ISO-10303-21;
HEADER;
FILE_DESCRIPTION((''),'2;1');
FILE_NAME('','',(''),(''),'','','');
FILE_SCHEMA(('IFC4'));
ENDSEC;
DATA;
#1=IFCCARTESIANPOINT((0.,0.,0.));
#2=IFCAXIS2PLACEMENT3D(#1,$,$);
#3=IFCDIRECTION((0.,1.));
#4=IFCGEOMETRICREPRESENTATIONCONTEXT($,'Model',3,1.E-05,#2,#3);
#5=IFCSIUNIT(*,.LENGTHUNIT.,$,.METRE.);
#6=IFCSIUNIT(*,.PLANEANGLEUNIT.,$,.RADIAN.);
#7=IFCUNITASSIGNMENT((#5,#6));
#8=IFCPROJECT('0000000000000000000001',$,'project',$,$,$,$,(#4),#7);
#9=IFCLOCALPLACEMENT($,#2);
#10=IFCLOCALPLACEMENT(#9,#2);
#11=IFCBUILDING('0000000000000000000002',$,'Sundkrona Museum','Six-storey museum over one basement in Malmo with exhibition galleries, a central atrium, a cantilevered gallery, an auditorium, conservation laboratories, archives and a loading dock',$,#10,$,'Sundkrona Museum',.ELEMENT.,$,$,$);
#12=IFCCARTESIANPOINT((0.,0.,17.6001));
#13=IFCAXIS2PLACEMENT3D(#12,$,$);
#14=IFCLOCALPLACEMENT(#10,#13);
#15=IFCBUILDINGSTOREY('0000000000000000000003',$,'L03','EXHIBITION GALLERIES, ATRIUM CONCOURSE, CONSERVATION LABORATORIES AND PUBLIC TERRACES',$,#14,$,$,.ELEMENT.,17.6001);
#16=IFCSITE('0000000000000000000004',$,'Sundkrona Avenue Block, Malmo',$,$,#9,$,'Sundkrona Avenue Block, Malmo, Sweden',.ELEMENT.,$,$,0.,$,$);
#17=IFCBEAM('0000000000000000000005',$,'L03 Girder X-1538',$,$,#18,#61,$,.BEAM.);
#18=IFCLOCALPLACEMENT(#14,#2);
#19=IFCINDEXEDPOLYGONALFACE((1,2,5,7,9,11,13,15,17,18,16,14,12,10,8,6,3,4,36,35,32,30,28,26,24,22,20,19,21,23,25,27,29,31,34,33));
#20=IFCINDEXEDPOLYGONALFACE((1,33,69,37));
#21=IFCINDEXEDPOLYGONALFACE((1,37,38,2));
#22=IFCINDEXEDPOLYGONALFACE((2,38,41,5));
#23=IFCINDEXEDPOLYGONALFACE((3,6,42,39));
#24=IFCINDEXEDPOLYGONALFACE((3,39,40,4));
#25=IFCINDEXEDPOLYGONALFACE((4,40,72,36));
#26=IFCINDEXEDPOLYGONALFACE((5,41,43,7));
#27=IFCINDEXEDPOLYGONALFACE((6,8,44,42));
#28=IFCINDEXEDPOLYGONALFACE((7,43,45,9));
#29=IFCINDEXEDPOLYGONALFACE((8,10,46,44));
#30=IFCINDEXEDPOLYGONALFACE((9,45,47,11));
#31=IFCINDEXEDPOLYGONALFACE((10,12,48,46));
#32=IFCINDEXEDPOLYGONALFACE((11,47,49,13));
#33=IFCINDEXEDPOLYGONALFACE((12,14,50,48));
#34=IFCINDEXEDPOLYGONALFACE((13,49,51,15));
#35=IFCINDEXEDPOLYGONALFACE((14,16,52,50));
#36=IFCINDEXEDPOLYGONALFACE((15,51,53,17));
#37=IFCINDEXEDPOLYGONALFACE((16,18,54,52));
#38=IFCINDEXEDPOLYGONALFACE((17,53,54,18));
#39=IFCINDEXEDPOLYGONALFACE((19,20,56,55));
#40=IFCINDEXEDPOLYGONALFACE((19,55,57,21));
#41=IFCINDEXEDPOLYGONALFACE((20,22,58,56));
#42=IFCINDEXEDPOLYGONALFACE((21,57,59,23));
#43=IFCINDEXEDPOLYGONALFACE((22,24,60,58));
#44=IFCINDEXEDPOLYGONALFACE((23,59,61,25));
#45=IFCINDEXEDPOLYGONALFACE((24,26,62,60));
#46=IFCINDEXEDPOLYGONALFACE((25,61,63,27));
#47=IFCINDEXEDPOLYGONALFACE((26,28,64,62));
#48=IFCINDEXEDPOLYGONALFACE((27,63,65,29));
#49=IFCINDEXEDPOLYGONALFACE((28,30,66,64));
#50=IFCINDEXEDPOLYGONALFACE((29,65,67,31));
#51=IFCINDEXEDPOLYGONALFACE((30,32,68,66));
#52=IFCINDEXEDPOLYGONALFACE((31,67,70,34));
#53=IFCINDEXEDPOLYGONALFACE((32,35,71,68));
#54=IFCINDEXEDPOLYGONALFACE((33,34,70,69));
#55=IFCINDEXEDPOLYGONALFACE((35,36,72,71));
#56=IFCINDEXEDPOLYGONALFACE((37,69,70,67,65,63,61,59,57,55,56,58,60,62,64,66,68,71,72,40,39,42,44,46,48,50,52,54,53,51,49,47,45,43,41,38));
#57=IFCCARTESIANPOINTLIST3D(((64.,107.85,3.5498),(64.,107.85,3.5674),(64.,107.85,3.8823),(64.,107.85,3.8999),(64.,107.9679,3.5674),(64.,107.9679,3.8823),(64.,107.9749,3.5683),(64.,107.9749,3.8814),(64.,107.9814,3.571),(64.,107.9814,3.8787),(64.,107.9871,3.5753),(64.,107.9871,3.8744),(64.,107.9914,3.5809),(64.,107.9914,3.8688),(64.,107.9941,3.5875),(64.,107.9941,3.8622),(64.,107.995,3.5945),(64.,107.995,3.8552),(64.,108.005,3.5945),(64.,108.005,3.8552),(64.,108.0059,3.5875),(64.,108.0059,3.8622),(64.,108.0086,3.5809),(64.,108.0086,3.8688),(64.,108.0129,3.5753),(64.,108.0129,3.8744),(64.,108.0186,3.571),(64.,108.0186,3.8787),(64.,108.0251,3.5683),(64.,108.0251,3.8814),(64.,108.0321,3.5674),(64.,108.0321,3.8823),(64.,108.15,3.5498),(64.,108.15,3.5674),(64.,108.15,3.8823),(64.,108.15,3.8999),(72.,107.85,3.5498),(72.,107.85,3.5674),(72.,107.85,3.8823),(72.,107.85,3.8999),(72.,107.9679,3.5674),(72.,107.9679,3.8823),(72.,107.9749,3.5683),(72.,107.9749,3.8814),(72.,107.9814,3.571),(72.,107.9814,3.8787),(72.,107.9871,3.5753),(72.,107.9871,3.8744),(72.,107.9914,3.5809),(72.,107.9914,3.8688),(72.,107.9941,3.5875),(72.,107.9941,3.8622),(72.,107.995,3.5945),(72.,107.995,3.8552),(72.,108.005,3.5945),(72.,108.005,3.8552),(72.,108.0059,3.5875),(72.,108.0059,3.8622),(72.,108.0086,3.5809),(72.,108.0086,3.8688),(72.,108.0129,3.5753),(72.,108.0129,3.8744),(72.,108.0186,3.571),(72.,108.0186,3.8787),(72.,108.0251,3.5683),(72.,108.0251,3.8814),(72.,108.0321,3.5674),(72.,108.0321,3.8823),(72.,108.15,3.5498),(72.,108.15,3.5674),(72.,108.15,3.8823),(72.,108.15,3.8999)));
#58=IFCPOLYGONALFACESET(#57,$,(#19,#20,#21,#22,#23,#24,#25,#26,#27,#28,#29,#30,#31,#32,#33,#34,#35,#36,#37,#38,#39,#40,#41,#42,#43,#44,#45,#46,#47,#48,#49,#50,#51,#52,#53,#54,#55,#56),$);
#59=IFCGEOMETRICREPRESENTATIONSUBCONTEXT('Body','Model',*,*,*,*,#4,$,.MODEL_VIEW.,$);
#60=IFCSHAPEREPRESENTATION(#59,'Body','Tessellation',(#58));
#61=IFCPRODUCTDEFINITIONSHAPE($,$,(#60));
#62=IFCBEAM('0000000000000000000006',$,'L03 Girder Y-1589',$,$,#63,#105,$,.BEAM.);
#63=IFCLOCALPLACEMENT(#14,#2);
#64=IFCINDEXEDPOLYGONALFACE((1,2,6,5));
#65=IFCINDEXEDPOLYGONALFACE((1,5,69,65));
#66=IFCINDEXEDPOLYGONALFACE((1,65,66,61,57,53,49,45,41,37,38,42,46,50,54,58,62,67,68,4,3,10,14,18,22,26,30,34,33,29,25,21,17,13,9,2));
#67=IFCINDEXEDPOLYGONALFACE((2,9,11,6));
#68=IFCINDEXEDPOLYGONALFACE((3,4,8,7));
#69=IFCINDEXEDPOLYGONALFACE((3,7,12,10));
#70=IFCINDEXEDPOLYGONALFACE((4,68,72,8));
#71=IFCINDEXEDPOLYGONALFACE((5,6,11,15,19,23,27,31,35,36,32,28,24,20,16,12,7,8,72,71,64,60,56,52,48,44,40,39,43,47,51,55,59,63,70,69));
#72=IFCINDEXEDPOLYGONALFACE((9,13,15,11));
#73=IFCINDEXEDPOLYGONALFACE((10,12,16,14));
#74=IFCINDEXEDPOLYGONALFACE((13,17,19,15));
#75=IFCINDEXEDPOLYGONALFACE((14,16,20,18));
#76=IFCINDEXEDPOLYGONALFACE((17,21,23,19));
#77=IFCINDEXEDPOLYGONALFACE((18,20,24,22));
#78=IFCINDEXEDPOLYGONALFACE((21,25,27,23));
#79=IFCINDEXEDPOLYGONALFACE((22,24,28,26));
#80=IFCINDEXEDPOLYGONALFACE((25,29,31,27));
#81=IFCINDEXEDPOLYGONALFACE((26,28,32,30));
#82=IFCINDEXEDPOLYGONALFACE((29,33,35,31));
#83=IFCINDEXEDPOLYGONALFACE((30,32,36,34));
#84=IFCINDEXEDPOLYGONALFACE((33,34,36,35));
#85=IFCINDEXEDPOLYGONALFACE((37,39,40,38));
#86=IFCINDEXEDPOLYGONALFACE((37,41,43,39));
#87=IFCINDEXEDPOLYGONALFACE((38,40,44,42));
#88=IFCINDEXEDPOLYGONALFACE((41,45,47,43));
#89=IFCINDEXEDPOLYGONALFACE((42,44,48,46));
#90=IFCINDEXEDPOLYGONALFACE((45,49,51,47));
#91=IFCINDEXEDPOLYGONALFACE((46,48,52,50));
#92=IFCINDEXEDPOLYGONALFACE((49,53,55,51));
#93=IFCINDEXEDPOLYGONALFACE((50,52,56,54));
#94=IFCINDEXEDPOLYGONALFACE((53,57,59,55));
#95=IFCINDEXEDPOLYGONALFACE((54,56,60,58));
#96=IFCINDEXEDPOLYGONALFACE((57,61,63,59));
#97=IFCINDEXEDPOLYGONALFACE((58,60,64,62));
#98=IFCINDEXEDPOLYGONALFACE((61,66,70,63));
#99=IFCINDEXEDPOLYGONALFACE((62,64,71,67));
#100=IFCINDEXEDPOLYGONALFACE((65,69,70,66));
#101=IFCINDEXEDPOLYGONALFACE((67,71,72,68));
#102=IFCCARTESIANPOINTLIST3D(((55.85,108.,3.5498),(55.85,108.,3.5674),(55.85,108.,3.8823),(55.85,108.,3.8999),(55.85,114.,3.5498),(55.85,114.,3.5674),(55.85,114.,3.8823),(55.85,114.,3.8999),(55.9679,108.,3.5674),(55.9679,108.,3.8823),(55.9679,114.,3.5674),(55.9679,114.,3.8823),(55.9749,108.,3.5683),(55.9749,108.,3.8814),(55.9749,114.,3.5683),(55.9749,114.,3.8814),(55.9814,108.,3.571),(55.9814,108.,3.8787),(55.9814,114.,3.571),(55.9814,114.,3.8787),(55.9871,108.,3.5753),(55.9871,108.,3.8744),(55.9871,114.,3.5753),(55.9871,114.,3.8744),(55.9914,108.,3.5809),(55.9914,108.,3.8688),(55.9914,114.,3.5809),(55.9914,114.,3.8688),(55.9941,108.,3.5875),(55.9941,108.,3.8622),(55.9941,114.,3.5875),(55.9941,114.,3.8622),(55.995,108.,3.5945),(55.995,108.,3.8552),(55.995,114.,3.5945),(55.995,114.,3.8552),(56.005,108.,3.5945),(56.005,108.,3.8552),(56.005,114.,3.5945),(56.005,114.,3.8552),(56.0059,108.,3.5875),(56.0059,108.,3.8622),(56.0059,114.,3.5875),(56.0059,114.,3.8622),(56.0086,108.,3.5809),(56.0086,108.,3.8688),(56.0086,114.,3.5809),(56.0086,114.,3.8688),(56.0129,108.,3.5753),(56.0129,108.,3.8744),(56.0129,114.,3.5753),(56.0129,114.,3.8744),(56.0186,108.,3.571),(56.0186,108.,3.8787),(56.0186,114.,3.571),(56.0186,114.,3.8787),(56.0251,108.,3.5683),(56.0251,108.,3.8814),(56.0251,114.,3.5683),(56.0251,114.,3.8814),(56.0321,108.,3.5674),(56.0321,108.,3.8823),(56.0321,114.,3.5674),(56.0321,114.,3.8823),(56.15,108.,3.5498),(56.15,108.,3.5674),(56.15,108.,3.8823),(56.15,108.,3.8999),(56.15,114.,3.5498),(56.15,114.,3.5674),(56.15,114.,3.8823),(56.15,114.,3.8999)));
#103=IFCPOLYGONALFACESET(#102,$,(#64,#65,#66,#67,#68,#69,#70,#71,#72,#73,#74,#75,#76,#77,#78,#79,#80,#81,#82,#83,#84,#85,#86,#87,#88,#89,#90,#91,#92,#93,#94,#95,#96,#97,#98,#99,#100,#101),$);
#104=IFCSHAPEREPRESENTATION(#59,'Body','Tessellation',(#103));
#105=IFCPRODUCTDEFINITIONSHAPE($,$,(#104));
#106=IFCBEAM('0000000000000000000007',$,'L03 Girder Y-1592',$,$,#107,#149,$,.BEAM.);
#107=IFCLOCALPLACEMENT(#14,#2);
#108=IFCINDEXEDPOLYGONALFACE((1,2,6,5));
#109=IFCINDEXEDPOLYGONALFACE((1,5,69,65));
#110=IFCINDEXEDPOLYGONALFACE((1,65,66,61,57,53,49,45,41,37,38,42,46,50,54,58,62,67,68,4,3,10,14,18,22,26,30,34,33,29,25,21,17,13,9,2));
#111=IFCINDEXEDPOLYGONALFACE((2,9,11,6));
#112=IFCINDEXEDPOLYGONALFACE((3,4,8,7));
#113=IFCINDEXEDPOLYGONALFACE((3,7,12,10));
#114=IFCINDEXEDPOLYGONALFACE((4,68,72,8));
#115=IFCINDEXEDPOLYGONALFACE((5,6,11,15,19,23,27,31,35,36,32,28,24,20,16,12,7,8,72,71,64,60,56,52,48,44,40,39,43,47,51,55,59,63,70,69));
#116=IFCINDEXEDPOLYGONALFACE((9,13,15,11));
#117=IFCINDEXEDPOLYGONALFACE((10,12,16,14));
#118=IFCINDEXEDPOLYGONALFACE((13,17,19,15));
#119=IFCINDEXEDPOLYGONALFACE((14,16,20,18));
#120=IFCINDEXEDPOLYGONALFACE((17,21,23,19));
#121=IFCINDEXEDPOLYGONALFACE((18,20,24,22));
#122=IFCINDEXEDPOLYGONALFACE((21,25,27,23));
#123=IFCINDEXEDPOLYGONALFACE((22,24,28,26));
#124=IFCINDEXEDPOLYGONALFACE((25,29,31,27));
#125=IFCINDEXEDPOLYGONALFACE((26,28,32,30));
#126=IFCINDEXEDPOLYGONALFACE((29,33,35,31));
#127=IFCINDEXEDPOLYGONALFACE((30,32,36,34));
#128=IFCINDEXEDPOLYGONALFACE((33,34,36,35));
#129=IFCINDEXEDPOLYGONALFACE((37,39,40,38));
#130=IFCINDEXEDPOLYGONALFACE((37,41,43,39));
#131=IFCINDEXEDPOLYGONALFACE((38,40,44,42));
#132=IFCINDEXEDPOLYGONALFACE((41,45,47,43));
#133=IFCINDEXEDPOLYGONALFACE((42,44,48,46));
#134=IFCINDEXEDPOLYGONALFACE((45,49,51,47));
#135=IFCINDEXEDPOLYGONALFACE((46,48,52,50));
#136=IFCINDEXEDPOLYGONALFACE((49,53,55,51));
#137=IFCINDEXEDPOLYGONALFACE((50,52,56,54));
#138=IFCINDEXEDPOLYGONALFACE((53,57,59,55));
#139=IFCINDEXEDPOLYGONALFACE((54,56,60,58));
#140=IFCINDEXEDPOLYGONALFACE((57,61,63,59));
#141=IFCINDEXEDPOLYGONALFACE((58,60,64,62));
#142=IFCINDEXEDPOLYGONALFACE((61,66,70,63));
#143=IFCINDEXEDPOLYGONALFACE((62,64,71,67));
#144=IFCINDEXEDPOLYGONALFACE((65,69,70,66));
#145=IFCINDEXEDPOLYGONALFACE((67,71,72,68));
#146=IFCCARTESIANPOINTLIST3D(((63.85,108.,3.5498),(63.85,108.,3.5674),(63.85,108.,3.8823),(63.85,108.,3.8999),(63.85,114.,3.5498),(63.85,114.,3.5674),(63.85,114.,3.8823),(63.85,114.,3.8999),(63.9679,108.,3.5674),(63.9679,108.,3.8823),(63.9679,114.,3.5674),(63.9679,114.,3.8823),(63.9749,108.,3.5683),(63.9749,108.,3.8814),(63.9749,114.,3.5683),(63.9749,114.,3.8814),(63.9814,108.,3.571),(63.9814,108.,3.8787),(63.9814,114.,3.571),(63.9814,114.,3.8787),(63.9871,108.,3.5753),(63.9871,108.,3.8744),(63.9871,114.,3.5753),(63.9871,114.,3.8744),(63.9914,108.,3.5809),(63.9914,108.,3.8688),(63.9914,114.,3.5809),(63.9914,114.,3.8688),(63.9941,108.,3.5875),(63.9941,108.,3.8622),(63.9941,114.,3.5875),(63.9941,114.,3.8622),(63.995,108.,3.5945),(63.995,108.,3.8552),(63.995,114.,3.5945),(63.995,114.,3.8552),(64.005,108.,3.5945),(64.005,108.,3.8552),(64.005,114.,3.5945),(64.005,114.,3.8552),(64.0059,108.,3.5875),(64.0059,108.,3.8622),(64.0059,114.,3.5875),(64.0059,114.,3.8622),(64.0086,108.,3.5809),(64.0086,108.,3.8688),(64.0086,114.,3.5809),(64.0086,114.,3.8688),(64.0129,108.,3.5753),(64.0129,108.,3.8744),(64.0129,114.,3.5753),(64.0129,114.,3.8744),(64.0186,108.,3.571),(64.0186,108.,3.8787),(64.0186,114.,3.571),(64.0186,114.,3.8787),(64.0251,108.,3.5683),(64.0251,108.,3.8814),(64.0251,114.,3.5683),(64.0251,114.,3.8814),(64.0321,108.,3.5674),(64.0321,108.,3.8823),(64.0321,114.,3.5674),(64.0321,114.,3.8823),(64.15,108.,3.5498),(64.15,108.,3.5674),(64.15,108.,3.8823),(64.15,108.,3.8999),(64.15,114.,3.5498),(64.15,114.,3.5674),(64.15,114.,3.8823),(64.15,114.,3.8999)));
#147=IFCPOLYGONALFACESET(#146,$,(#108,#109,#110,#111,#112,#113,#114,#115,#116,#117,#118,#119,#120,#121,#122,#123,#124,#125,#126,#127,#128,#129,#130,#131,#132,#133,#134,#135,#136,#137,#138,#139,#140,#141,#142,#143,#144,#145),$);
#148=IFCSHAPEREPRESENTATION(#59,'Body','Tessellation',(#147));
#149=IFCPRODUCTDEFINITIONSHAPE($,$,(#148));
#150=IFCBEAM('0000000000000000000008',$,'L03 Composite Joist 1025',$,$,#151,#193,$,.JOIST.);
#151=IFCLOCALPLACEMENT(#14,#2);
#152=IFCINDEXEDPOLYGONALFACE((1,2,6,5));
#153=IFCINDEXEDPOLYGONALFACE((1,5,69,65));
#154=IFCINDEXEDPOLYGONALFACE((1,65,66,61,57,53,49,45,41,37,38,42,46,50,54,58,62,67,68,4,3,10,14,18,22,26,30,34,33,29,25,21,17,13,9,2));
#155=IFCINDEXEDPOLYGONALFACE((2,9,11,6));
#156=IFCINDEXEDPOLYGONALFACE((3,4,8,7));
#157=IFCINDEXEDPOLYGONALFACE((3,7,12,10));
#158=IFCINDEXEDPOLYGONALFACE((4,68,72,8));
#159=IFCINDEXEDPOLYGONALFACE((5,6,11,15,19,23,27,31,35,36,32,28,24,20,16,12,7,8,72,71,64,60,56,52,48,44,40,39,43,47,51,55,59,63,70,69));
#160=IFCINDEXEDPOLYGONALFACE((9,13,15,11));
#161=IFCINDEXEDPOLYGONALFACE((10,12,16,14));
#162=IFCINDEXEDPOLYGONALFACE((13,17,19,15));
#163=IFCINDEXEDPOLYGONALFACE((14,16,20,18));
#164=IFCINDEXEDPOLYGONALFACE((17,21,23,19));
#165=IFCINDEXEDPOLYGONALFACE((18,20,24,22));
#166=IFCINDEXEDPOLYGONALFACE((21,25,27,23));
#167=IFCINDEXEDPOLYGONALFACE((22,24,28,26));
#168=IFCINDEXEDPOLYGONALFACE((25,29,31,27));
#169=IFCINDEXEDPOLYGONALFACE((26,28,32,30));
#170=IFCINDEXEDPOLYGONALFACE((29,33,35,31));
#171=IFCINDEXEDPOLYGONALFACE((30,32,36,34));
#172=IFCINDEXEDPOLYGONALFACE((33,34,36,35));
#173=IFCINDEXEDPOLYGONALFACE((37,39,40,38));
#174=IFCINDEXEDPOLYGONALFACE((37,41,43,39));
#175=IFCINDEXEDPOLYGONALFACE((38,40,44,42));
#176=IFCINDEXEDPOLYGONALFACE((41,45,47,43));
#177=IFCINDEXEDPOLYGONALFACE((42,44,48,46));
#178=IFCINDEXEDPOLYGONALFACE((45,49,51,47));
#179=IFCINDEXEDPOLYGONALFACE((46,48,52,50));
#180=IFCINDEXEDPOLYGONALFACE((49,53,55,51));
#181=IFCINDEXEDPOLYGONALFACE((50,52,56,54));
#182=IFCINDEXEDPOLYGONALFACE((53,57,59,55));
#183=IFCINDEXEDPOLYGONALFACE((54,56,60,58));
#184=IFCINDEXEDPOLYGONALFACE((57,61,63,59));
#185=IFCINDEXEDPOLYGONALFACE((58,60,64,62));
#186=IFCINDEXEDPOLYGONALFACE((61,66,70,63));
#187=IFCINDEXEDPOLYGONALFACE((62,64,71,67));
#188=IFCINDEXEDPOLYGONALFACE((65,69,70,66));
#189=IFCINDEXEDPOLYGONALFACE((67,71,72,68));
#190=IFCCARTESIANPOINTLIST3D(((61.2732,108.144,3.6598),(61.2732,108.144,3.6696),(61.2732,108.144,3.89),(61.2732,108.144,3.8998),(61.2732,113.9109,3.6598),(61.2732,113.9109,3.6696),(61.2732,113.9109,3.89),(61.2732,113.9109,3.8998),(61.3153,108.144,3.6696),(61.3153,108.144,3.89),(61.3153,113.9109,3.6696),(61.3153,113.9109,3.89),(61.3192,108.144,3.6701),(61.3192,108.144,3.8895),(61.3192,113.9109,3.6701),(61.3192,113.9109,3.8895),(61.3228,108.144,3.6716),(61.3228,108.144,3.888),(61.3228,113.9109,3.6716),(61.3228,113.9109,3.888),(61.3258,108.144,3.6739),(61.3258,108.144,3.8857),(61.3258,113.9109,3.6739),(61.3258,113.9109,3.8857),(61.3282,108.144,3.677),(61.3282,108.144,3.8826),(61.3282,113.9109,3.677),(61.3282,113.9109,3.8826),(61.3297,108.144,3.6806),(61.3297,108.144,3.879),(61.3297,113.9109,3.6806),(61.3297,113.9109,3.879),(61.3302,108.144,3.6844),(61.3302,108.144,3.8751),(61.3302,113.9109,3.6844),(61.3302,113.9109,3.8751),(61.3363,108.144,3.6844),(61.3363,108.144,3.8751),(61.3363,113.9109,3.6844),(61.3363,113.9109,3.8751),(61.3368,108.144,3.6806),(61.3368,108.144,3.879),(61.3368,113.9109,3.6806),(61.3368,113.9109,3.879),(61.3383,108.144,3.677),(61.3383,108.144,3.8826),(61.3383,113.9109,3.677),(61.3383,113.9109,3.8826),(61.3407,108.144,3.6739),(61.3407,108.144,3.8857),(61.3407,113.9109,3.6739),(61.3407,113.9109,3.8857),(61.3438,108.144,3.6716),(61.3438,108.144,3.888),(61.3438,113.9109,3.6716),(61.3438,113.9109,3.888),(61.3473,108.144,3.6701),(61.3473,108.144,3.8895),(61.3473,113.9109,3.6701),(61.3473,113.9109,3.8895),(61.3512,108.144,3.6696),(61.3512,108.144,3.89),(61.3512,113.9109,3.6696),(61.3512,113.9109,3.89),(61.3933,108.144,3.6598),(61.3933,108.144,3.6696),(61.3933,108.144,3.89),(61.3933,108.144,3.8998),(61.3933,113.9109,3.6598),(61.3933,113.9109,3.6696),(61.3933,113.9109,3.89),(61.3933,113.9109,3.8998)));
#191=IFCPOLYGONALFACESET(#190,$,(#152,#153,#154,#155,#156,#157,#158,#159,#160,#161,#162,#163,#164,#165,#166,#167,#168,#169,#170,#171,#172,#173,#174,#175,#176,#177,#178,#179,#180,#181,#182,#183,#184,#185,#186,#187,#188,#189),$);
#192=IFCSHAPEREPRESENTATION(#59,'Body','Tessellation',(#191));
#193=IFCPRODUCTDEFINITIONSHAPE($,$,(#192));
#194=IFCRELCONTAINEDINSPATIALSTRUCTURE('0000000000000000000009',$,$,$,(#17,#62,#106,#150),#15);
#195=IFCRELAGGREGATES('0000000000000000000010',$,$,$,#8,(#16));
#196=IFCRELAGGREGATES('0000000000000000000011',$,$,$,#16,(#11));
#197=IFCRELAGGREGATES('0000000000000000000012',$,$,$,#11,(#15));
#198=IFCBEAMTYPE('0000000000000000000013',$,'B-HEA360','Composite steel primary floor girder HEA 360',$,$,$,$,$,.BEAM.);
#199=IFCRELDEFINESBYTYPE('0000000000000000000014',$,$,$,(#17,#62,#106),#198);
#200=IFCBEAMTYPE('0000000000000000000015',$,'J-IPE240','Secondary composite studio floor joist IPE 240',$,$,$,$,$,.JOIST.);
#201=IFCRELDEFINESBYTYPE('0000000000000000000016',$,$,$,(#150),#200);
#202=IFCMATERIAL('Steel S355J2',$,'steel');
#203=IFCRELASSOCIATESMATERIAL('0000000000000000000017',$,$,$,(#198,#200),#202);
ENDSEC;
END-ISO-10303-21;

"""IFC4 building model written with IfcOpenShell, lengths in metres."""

from ifc_helpers import new_model, si_unit, direction, frame, origin, origin_2d, place, context, subcontext, project, spatial, i_section, extrude, material, material_profile, profile_set, type_object, element, save


model = new_model("IFC4")

# Units and contexts
model_context = context("Model", 3, precision=1e-05, world=origin(), true_north=direction((0.0, 1.0)))
body_context = subcontext(model_context, "Body", "Model", "MODEL_VIEW")
ifc_project = project(units=[si_unit("LENGTHUNIT", "METRE"), si_unit("PLANEANGLEUNIT", "RADIAN")], contexts=[model_context])

# Site, building, storey
site_placement = place(None, origin())
site = spatial("IfcSite", under=ifc_project, at=site_placement, Name="Sundkrona Avenue Block, Malmo", LongName="Sundkrona Avenue Block, Malmo, Sweden", CompositionType="ELEMENT", RefElevation=0.0)
building_placement = place(site_placement, origin())
building = spatial("IfcBuilding", under=site, at=building_placement, Name="Sundkrona Museum", Description="Six-storey museum over one basement in Malmo with exhibition galleries, a central atrium, a cantilevered gallery, an auditorium, conservation laboratories, archives and a loading dock", LongName="Sundkrona Museum", CompositionType="ELEMENT")
storey_placement = place(building_placement, frame((0.0, 0.0, 17.6001)))
storey = spatial("IfcBuildingStorey", under=building, at=storey_placement, Name="L03", Description="EXHIBITION GALLERIES, ATRIUM CONCOURSE, CONSERVATION LABORATORIES AND PUBLIC TERRACES", CompositionType="ELEMENT", Elevation=17.6001)

# Shared definitions
ifc_material_1 = material(Name="Steel S355J2", Category="steel")

# Beams
ifc_material_profile_1 = material_profile(ifc_material_1, i_section(OverallWidth=0.3, OverallDepth=0.3501, WebThickness=0.01, FlangeThickness=0.0176, FilletRadius=0.0271, at=origin_2d()), Name="HEA 360")
ifc_profile_set_1 = profile_set([ifc_material_profile_1], Name="Steel S355J2")
beam_type_1 = type_object("IfcBeamType", Name="B-HEA360", Description="Composite steel primary floor girder HEA 360", PredefinedType="BEAM", material=ifc_profile_set_1)
for number, where, z_axis, x_axis, name in (
    (1, (64.0, 108.0, 3.7249), (1.0, 0.0, 0.0), (0.0, 1.0, 0.0), "L03 Girder X-1538"),
):
    element("IfcBeam", number, at=place(storey_placement, frame(where, z_axis=z_axis, x_axis=x_axis)), inside=storey, type_object=beam_type_1, Name=name, PredefinedType="BEAM", context=body_context, shape_type="SweptSolid", body=[
        extrude(i_section(OverallWidth=0.3, OverallDepth=0.3501, WebThickness=0.01, FlangeThickness=0.0176, FilletRadius=0.0271, at=origin_2d()), origin(), (0.0, 0.0, 1.0), 8.0),
    ])
for number, where, z_axis, x_axis, name in (
    (2, (56.0, 108.0, 3.7249), (0.0, 1.0, 0.0), (-1.0, 0.0, 0.0), "L03 Girder Y-1589"),
    (3, (64.0, 108.0, 3.7249), (0.0, 1.0, 0.0), (-1.0, 0.0, 0.0), "L03 Girder Y-1592"),
):
    element("IfcBeam", number, at=place(storey_placement, frame(where, z_axis=z_axis, x_axis=x_axis)), inside=storey, type_object=beam_type_1, Name=name, PredefinedType="BEAM", context=body_context, shape_type="SweptSolid", body=[
        extrude(i_section(OverallWidth=0.3, OverallDepth=0.3501, WebThickness=0.01, FlangeThickness=0.0176, FilletRadius=0.0271, at=origin_2d()), origin(), (0.0, 0.0, 1.0), 6.0),
    ])
ifc_material_profile_2 = material_profile(ifc_material_1, i_section(OverallWidth=0.1201, OverallDepth=0.24, WebThickness=0.0061, FlangeThickness=0.0098, FilletRadius=0.0149, at=origin_2d()), Name="IPE 240")
ifc_profile_set_2 = profile_set([ifc_material_profile_2], Name="Steel S355J2")
beam_type_2 = type_object("IfcBeamType", Name="J-IPE240", Description="Secondary composite studio floor joist IPE 240", PredefinedType="JOIST", material=ifc_profile_set_2)
beam_1_placement = place(storey_placement, frame((61.3333, 108.144, 3.7798), z_axis=(0.0, 1.0, 0.0), x_axis=(-1.0, 0.0, 0.0)))
element("IfcBeam", 4, at=beam_1_placement, inside=storey, type_object=beam_type_2, Name="L03 Composite Joist 1025", PredefinedType="JOIST", context=body_context, shape_type="SweptSolid", body=[
    extrude(i_section(OverallWidth=0.1201, OverallDepth=0.24, WebThickness=0.0061, FlangeThickness=0.0098, FilletRadius=0.0149, at=origin_2d()), origin(), (0.0, 0.0, 1.0), 5.7668),
])

save(model, "model.ifc")
